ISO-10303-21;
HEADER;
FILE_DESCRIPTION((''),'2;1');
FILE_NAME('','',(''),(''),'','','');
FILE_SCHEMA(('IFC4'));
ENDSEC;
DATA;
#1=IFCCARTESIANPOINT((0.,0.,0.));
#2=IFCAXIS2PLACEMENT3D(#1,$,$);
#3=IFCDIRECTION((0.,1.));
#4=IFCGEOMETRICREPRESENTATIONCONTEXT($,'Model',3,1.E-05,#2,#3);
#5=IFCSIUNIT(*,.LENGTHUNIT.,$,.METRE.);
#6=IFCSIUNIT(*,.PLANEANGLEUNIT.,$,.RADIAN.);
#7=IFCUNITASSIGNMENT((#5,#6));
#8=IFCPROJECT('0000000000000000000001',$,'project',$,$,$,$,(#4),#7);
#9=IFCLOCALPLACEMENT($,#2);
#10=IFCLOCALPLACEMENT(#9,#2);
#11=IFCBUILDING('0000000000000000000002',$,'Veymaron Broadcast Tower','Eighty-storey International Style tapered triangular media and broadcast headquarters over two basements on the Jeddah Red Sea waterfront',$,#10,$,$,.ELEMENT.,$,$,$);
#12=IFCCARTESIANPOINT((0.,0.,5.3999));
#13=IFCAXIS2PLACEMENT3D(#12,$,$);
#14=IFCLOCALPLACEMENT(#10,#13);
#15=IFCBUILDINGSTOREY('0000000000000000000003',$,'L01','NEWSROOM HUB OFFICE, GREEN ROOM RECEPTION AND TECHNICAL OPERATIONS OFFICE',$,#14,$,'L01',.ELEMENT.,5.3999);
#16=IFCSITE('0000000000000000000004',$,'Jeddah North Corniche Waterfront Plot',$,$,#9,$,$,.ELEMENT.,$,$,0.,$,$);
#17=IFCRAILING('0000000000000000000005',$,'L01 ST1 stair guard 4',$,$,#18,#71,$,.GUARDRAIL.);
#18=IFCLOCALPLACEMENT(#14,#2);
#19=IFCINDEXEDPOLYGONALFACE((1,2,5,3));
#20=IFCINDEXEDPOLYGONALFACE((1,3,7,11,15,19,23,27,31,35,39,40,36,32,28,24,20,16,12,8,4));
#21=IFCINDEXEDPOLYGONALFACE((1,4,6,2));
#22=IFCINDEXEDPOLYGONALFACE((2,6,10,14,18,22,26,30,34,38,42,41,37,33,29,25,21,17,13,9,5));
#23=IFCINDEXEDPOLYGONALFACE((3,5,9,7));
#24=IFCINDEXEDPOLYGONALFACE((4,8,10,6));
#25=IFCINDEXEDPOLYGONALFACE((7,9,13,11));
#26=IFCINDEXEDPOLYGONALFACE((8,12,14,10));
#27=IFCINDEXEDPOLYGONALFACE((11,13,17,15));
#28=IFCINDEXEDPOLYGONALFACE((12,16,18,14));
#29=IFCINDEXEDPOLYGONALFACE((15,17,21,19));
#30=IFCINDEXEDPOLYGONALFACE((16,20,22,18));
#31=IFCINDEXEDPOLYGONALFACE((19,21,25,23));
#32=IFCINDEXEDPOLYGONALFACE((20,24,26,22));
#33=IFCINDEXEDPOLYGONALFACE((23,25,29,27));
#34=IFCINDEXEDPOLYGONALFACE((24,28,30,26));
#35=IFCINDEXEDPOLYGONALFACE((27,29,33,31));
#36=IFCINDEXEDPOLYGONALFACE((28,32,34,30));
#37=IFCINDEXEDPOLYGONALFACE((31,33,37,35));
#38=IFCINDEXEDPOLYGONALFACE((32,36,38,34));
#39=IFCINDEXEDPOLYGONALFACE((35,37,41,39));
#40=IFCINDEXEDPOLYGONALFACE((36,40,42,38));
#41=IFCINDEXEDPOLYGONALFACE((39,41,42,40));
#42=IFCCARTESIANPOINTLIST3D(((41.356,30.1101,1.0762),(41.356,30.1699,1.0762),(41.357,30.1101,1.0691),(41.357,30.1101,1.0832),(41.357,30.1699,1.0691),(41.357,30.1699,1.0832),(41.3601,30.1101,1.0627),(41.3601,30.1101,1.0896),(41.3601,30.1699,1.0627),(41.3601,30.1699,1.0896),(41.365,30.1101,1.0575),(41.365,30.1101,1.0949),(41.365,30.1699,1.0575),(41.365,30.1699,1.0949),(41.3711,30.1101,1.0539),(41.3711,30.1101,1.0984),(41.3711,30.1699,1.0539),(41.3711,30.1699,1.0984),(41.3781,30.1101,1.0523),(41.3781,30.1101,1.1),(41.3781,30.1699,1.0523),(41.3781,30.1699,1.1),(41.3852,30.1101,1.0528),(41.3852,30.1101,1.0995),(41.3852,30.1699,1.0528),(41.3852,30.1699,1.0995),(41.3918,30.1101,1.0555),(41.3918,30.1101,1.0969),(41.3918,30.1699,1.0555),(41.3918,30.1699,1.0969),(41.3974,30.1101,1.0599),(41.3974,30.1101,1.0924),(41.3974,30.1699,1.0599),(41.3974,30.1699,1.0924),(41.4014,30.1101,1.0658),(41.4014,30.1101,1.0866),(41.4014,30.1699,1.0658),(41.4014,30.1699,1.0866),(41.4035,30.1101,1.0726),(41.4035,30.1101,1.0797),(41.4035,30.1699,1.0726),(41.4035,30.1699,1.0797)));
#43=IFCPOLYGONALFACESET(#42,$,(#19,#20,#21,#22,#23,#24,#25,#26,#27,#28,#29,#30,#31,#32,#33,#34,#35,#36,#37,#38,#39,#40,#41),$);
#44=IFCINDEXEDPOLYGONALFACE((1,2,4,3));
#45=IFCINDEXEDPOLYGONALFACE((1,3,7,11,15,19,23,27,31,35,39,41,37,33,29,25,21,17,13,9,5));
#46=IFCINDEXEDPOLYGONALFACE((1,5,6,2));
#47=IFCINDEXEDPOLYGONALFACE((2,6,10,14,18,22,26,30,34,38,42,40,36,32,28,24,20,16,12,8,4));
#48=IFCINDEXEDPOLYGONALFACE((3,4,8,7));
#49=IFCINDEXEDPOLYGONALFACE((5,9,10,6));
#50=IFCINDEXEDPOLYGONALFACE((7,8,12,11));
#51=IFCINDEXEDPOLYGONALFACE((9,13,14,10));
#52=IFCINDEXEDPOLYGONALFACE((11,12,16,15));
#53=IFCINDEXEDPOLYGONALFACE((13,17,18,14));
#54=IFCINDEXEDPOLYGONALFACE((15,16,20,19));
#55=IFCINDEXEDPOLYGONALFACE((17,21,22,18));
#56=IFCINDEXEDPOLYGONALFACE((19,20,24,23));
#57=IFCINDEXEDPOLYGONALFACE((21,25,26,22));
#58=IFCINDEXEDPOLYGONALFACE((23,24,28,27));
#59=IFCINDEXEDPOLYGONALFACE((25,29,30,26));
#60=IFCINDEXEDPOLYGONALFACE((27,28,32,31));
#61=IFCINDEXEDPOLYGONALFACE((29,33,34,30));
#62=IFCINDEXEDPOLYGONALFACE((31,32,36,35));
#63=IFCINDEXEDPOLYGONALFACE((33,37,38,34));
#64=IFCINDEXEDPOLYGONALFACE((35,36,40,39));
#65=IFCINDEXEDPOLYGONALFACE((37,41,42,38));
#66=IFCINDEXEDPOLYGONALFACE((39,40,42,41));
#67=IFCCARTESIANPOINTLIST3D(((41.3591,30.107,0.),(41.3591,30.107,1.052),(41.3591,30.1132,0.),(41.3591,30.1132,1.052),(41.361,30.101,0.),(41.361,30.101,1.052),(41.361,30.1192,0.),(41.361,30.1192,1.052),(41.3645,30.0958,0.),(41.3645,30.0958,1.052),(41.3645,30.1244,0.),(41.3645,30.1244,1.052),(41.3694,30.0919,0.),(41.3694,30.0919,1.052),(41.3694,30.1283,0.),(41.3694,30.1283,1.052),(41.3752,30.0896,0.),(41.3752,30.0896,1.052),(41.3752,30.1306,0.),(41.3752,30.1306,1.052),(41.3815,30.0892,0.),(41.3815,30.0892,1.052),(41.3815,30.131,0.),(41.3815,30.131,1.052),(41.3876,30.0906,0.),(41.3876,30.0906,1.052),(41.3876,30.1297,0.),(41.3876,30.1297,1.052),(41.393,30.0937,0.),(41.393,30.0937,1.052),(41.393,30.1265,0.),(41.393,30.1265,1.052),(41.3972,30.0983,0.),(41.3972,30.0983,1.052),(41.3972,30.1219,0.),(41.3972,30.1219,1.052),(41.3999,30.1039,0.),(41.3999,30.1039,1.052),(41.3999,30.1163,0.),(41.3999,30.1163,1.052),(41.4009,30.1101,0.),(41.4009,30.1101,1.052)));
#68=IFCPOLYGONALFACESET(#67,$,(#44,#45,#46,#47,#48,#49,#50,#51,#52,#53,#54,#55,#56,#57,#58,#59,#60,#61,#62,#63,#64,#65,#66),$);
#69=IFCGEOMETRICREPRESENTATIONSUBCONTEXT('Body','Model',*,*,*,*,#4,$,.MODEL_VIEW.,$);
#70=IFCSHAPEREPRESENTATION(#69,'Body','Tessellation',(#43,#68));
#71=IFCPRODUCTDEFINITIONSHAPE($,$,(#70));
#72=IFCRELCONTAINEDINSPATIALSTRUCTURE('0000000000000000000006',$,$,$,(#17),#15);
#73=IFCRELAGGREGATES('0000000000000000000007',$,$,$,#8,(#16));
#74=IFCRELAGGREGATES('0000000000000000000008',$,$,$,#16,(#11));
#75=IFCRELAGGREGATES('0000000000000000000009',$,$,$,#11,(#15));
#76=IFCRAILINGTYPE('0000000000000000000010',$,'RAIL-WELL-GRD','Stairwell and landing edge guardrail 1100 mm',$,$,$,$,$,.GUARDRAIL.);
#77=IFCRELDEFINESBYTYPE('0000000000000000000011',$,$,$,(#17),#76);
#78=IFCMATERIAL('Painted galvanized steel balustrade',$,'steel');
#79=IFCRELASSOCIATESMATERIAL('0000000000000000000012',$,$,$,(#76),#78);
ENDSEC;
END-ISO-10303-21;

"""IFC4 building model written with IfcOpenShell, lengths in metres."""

from ifc_helpers import new_model, si_unit, direction, frame, origin, origin_2d, place, context, subcontext, project, spatial, circle, extrude, material, type_object, element, save


model = new_model("IFC4")

# Units and contexts
model_context = context("Model", 3, precision=1e-05, world=origin(), true_north=direction((0.0, 1.0)))
body_context = subcontext(model_context, "Body", "Model", "MODEL_VIEW")
ifc_project = project(units=[si_unit("LENGTHUNIT", "METRE"), si_unit("PLANEANGLEUNIT", "RADIAN")], contexts=[model_context])

# Site, building, storey
site_placement = place(None, origin())
site = spatial("IfcSite", under=ifc_project, at=site_placement, Name="Jeddah North Corniche Waterfront Plot", CompositionType="ELEMENT", RefElevation=0.0)
building_placement = place(site_placement, origin())
building = spatial("IfcBuilding", under=site, at=building_placement, Name="Veymaron Broadcast Tower", Description="Eighty-storey International Style tapered triangular media and broadcast headquarters over two basements on the Jeddah Red Sea waterfront", CompositionType="ELEMENT")
storey_placement = place(building_placement, frame((0.0, 0.0, 5.3999)))
storey = spatial("IfcBuildingStorey", under=building, at=storey_placement, Name="L01", Description="NEWSROOM HUB OFFICE, GREEN ROOM RECEPTION AND TECHNICAL OPERATIONS OFFICE", LongName="L01", CompositionType="ELEMENT", Elevation=5.3999)

# Railing
ifc_material_1 = material(Name="Painted galvanized steel balustrade", Category="steel")
railing_type_1 = type_object("IfcRailingType", Name="RAIL-WELL-GRD", Description="Stairwell and landing edge guardrail 1100 mm", PredefinedType="GUARDRAIL", material=ifc_material_1)
railing_1_placement = place(storey_placement, frame((41.3799, 30.1101, 0.0)))
element("IfcRailing", 1, at=railing_1_placement, inside=storey, type_object=railing_type_1, Name="L01 ST1 stair guard 4", PredefinedType="GUARDRAIL", context=body_context, shape_type="SweptSolid", body=[
    extrude(circle(Radius=0.0239, at=origin_2d()), frame((0.0, 0.0, 1.0762), z_axis=(0.0, 1.0, 0.0), x_axis=(-1.0, 0.0, 0.0)), (0.0, 0.0, 1.0), 0.0598),
    extrude(circle(Radius=0.021, at=origin_2d()), origin(), (0.0, 0.0, 1.0), 1.052),
])

save(model, "model.ifc")
